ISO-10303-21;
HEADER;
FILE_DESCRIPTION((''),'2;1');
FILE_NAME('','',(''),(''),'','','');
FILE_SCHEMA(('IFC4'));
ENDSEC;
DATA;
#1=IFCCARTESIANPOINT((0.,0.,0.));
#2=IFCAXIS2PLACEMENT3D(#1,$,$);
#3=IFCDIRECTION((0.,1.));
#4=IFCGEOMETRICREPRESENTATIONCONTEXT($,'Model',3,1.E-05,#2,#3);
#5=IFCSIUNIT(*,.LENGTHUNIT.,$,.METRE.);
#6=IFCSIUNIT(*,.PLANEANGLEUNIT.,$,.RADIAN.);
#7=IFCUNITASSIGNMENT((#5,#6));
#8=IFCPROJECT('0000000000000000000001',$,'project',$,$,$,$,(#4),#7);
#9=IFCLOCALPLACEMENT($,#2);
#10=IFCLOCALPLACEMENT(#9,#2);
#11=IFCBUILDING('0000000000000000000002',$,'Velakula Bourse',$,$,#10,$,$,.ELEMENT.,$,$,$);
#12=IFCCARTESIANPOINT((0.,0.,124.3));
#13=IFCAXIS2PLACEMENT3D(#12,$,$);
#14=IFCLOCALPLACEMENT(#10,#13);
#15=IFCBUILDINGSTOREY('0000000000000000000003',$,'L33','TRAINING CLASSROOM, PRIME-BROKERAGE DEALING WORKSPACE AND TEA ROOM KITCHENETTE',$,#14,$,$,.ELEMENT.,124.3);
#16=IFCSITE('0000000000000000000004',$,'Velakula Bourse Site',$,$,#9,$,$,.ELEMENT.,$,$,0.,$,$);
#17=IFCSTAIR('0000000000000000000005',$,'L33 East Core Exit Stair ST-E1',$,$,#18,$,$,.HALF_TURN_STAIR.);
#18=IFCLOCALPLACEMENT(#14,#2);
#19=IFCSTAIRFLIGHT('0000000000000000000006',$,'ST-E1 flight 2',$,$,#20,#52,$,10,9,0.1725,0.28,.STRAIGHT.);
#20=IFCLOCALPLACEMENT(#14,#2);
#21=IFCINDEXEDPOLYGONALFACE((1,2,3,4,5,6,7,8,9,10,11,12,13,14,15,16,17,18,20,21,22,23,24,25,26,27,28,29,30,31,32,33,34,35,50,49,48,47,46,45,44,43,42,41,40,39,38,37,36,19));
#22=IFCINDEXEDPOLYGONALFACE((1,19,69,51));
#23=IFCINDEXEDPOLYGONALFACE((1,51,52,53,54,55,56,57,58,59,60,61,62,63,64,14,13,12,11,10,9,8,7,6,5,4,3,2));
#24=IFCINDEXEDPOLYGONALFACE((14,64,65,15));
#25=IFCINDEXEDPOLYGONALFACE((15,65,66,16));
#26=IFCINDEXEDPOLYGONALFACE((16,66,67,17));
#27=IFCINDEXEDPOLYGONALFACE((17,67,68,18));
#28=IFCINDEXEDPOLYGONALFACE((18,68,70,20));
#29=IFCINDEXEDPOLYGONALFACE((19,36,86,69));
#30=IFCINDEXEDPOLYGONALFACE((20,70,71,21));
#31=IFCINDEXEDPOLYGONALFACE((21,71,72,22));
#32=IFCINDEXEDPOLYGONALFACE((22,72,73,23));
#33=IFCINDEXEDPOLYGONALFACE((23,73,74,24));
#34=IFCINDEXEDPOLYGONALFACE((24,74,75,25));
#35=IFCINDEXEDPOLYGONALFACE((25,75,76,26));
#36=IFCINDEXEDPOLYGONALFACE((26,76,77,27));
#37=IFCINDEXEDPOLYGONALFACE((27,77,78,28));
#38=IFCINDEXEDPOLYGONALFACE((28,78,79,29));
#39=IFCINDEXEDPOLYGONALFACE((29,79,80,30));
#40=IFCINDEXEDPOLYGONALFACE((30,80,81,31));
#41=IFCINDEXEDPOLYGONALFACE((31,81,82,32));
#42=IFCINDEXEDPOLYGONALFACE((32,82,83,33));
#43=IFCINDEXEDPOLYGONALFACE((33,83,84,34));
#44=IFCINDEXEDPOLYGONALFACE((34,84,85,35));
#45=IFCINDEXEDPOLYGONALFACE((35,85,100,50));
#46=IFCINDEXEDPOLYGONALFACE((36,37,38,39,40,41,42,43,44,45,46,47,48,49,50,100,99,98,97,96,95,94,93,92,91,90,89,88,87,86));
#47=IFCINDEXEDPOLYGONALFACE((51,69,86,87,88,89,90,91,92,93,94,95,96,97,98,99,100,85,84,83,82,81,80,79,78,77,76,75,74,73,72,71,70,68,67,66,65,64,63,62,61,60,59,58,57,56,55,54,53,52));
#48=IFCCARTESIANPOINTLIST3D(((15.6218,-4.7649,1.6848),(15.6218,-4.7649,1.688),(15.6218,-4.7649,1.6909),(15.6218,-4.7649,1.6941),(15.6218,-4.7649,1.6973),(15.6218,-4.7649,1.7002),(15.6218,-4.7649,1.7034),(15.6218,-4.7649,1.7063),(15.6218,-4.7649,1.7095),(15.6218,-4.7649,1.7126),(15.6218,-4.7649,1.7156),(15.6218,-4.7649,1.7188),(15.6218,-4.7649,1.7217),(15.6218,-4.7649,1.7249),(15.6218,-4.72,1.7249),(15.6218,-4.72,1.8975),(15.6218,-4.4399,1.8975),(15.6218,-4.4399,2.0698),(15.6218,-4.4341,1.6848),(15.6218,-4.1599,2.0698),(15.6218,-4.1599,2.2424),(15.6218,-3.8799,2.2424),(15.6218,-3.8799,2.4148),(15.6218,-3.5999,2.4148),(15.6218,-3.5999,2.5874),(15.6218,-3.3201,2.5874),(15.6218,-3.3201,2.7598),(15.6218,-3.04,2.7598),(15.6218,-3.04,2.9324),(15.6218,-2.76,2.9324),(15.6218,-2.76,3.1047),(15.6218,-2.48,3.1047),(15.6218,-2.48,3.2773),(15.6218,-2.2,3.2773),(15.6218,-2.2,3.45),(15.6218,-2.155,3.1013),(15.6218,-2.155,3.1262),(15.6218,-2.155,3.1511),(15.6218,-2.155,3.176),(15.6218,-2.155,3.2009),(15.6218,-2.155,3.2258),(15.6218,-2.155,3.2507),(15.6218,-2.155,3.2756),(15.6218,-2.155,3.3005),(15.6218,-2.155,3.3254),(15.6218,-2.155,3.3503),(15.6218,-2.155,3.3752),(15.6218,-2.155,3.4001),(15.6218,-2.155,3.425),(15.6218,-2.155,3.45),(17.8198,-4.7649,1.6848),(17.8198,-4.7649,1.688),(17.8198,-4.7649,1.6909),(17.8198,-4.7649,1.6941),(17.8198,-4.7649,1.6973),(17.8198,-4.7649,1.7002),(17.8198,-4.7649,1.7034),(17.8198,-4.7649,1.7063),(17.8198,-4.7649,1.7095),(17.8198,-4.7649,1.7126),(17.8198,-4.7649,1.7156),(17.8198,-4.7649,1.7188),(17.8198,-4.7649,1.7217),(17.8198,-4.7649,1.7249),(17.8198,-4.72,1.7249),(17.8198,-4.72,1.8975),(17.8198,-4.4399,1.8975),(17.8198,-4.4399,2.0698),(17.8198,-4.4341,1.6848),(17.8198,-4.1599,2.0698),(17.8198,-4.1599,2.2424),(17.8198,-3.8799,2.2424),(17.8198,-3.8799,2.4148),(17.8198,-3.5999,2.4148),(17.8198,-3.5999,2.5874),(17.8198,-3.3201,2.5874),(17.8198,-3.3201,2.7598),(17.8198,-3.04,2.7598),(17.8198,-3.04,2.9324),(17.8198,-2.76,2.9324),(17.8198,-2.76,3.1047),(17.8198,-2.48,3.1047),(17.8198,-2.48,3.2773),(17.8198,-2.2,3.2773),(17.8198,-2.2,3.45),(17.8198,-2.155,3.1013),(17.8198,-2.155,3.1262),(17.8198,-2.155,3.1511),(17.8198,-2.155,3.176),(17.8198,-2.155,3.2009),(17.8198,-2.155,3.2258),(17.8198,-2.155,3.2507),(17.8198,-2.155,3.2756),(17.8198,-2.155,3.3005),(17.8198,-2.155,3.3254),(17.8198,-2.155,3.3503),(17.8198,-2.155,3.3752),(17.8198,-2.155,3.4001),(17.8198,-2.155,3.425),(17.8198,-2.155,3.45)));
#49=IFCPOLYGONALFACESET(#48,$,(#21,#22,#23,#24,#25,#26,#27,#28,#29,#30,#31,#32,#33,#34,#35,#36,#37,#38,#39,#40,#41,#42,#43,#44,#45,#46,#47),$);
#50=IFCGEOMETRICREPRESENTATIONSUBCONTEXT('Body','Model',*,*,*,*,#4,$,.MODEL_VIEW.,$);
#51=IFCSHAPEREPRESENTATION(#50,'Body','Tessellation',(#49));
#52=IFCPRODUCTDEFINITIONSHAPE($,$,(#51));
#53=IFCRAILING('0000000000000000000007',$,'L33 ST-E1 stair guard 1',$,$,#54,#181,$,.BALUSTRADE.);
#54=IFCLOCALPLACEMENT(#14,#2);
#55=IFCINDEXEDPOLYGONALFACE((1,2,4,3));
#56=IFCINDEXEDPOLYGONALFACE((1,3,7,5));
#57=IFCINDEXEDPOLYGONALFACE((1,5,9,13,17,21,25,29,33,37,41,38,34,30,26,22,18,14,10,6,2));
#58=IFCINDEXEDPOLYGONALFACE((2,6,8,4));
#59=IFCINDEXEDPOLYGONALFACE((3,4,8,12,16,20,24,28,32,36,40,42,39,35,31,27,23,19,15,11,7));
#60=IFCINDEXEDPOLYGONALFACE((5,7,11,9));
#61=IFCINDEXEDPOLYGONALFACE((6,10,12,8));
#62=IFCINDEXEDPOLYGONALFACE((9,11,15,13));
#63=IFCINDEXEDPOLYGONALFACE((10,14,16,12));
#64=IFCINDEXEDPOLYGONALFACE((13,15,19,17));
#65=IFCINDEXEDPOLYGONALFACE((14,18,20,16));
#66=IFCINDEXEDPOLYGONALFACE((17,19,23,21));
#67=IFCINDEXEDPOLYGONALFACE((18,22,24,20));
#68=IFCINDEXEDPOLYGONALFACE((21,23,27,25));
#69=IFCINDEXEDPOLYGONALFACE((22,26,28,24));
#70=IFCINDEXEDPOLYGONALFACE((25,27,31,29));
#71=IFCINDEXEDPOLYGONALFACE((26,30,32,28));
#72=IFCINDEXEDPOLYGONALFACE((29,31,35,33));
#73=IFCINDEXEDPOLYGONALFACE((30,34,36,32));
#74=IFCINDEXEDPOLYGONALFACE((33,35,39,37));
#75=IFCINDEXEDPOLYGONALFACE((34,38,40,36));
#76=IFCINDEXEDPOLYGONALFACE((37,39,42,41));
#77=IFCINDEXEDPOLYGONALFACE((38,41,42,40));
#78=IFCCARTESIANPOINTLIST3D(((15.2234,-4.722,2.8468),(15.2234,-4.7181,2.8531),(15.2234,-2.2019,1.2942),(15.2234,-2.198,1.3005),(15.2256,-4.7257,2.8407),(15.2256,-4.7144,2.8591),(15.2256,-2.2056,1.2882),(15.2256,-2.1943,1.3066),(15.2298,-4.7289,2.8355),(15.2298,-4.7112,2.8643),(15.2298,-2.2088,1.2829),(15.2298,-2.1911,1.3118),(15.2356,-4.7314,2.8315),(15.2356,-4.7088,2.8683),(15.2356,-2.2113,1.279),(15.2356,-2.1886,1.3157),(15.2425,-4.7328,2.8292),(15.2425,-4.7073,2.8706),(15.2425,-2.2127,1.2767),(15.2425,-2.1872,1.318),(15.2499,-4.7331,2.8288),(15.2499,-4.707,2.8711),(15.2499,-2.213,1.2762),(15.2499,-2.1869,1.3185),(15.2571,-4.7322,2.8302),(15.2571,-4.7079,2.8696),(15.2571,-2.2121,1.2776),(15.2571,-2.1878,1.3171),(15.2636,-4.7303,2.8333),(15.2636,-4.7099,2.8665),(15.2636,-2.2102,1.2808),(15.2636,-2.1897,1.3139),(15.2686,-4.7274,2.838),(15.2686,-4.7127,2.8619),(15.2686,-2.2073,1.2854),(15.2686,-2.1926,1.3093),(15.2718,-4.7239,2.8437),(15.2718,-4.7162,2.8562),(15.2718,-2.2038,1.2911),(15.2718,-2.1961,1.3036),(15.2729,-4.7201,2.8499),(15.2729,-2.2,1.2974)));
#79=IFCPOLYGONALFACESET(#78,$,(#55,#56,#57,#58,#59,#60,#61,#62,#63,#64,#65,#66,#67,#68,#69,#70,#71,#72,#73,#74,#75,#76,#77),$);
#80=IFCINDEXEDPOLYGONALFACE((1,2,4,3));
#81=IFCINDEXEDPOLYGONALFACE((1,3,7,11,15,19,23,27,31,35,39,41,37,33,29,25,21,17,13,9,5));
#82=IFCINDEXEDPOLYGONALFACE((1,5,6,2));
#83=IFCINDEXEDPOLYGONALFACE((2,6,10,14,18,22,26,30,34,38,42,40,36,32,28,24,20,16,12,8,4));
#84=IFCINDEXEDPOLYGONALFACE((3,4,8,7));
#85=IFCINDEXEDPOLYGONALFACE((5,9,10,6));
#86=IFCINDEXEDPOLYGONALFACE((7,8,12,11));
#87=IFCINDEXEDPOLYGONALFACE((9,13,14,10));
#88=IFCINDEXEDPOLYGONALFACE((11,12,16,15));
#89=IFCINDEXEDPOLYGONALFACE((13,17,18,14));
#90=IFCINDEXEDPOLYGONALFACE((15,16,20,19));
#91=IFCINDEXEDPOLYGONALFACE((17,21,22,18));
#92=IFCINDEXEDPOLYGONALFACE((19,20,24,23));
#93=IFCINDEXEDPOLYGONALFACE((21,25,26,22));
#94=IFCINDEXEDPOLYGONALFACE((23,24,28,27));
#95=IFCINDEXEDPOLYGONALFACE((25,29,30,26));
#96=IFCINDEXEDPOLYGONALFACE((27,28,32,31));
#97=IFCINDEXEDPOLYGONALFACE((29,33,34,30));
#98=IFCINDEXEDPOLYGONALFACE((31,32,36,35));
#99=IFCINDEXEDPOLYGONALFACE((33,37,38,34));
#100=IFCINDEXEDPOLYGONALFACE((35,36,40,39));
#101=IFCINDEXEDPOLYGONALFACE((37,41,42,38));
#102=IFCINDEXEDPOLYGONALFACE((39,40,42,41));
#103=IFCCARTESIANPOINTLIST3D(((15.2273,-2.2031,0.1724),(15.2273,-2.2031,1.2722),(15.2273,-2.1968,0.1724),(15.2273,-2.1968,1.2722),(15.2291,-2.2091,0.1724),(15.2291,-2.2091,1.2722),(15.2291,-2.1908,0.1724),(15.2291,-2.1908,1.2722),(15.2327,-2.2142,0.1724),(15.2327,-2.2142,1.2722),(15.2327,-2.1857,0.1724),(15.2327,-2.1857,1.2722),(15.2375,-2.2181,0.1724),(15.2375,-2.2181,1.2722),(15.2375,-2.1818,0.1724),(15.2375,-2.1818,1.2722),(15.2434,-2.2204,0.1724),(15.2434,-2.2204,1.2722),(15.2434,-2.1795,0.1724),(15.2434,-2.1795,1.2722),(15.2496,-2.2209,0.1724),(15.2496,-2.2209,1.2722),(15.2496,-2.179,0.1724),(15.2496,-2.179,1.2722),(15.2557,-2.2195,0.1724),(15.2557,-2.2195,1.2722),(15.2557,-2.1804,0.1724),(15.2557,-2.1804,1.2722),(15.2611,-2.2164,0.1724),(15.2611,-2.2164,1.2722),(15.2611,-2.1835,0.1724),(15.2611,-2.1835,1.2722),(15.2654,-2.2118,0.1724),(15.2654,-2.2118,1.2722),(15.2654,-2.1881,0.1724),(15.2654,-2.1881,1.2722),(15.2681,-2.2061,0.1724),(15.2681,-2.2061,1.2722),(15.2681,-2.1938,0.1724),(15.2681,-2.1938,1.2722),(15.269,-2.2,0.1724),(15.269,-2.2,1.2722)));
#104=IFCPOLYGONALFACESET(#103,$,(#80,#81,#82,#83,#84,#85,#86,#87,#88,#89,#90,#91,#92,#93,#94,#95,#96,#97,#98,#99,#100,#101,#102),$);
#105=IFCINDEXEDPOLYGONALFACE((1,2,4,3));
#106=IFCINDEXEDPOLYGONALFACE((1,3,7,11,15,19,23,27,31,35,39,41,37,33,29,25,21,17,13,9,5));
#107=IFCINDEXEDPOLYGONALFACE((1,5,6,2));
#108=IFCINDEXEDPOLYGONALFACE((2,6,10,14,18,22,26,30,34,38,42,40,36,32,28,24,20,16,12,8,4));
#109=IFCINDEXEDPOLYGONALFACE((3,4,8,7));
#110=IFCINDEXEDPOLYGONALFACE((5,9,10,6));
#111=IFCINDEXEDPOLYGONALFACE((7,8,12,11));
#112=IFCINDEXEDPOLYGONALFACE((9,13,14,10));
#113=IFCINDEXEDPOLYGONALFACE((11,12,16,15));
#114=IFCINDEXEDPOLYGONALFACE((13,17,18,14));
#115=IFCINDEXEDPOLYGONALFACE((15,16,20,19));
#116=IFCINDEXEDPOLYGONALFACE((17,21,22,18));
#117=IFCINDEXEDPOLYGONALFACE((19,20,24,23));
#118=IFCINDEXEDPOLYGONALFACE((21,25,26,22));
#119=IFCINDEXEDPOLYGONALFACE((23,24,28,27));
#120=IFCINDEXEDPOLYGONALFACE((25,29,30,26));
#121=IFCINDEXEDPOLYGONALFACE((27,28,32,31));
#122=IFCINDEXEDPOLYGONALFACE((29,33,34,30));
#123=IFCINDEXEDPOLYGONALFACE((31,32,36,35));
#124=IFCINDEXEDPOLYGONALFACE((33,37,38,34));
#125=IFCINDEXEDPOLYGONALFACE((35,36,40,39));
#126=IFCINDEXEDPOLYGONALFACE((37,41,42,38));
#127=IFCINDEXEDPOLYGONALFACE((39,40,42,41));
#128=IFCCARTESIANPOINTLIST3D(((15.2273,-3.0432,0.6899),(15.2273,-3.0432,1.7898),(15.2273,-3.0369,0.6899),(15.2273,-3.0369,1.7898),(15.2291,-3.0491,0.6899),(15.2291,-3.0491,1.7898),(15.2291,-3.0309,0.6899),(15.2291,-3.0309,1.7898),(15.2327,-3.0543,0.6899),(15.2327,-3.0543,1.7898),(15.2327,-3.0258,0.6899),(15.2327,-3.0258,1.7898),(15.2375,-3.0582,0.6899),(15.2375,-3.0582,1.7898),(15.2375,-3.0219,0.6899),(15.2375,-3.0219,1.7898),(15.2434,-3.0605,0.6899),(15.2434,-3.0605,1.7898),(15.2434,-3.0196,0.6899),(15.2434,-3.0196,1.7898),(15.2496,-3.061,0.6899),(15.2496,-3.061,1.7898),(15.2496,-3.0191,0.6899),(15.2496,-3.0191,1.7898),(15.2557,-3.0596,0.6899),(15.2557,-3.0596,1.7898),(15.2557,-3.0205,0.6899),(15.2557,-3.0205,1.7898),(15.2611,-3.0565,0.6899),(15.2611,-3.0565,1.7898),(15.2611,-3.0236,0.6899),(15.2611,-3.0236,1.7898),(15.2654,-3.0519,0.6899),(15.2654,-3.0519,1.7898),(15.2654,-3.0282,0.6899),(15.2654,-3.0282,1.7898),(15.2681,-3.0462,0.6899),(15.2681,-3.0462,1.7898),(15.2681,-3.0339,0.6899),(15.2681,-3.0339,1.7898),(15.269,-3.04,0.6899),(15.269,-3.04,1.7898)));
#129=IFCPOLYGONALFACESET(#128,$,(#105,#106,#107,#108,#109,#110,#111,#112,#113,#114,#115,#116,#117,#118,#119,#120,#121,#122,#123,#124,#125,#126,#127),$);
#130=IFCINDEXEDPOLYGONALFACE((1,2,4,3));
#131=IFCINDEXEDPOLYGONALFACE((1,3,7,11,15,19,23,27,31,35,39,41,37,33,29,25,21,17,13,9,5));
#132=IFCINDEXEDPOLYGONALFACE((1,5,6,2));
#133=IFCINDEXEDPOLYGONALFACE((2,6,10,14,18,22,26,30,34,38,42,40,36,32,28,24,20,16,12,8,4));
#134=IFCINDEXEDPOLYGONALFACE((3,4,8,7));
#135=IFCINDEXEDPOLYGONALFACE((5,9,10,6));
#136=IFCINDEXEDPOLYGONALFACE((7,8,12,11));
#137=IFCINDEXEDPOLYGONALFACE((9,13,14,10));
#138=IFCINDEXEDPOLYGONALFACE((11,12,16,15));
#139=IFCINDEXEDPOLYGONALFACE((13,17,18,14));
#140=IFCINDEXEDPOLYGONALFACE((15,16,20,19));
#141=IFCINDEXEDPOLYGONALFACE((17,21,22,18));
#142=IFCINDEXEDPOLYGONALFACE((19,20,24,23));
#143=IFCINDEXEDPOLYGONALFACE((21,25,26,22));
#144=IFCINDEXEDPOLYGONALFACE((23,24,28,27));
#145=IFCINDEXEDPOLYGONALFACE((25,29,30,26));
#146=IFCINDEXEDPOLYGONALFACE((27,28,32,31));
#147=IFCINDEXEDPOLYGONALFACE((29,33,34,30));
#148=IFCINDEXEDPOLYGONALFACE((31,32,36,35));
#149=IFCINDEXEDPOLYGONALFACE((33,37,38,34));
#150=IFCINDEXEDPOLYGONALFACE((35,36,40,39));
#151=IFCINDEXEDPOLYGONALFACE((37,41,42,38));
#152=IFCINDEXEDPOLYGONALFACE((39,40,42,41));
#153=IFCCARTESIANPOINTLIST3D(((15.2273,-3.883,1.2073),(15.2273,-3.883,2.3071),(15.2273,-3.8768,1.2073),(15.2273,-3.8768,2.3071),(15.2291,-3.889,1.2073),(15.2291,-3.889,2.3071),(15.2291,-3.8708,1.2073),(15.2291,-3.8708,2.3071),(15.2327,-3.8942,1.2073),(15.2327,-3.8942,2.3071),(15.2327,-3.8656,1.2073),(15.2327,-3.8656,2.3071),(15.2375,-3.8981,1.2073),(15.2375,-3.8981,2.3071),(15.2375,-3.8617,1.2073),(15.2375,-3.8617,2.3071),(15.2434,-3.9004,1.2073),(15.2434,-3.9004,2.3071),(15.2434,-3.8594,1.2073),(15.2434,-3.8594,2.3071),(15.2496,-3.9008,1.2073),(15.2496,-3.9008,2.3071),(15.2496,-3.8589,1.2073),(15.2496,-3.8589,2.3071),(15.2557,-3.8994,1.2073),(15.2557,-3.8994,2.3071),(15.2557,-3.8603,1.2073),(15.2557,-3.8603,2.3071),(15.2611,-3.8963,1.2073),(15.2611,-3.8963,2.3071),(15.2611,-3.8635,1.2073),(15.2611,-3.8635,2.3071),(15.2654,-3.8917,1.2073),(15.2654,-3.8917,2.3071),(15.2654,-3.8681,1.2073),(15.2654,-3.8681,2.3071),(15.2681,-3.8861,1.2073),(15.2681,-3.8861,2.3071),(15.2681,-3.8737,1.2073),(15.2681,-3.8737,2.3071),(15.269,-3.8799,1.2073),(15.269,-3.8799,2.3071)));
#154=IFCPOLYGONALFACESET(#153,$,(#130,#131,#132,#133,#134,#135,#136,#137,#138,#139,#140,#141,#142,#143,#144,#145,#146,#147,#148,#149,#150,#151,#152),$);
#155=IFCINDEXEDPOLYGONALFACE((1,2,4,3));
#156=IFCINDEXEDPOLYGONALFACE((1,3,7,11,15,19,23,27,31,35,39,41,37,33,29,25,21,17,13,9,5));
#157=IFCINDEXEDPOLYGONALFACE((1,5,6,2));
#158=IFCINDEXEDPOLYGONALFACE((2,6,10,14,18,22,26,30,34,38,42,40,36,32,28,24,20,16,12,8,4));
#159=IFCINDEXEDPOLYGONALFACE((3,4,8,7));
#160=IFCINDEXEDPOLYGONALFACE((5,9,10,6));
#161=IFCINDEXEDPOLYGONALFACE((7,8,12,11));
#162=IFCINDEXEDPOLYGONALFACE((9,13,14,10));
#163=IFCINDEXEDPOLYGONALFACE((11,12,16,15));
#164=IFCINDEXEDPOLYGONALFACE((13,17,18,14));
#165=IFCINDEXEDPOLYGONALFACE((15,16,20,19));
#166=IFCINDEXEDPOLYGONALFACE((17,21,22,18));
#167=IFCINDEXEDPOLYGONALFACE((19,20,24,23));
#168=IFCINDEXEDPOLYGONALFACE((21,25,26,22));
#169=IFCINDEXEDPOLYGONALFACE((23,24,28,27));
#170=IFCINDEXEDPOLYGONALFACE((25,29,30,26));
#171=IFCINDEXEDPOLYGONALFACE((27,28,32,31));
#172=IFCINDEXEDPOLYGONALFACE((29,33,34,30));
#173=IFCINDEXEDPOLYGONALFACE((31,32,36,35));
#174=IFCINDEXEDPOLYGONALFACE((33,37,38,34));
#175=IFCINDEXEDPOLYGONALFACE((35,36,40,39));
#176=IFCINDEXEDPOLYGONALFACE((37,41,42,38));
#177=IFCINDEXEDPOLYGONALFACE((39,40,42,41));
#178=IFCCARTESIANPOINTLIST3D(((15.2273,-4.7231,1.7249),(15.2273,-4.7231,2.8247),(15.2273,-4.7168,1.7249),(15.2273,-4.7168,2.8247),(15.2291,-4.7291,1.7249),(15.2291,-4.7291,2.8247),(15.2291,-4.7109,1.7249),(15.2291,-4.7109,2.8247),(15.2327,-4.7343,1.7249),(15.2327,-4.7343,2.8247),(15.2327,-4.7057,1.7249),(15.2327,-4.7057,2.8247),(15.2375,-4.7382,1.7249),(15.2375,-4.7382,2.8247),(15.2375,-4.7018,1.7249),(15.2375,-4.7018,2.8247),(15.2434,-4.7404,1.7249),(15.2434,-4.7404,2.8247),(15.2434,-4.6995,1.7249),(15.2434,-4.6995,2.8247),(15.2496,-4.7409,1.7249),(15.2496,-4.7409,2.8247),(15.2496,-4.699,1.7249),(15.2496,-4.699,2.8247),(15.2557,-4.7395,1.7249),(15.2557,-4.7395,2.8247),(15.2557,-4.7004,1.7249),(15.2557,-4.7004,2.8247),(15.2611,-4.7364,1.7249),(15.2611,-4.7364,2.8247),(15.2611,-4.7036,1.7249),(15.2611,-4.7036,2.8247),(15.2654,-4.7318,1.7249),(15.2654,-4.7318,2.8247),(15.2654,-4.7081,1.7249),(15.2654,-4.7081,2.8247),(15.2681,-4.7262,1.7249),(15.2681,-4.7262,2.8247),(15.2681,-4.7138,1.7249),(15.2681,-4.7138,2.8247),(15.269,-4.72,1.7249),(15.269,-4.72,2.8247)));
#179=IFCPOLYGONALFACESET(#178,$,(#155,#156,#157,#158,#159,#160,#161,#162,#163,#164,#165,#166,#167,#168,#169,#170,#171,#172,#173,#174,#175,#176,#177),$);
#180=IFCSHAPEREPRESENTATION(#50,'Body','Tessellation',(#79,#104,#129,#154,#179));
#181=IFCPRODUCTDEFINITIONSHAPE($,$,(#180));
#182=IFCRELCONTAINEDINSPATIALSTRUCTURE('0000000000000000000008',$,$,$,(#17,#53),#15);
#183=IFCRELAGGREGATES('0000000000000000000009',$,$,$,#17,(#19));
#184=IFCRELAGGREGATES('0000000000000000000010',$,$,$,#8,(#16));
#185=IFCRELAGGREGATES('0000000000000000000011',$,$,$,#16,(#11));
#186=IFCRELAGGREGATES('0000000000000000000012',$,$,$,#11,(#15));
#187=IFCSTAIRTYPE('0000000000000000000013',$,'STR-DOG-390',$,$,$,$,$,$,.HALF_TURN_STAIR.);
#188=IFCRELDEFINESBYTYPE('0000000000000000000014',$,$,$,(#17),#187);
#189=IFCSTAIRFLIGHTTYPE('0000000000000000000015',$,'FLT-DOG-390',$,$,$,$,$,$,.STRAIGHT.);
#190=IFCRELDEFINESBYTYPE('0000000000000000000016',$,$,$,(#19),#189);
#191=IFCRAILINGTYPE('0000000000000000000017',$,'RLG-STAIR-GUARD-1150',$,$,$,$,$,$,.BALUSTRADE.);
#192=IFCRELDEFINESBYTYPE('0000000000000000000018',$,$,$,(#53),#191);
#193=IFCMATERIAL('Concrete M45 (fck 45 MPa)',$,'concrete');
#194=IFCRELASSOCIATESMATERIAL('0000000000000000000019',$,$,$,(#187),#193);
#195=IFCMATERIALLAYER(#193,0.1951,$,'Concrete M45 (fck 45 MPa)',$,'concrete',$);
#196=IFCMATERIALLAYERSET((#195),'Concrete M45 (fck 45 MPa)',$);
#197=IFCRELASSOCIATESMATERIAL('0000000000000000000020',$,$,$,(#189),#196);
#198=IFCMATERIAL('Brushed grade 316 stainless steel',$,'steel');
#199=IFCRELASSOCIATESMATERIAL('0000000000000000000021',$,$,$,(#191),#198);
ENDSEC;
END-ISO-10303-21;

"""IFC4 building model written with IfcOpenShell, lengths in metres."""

from ifc_helpers import new_model, si_unit, direction, frame, origin, origin_2d, place, context, subcontext, project, spatial, polyline, circle, outline, extrude, material, layer, layer_set, type_object, element, aggregate, save


model = new_model("IFC4")

# Units and contexts
model_context = context("Model", 3, precision=1e-05, world=origin(), true_north=direction((0.0, 1.0)))
body_context = subcontext(model_context, "Body", "Model", "MODEL_VIEW")
ifc_project = project(units=[si_unit("LENGTHUNIT", "METRE"), si_unit("PLANEANGLEUNIT", "RADIAN")], contexts=[model_context])

# Site, building, storey
site_placement = place(None, origin())
site = spatial("IfcSite", under=ifc_project, at=site_placement, Name="Velakula Bourse Site", CompositionType="ELEMENT", RefElevation=0.0)
building_placement = place(site_placement, origin())
building = spatial("IfcBuilding", under=site, at=building_placement, Name="Velakula Bourse", CompositionType="ELEMENT")
storey_placement = place(building_placement, frame((0.0, 0.0, 124.3)))
storey = spatial("IfcBuildingStorey", under=building, at=storey_placement, Name="L33", Description="TRAINING CLASSROOM, PRIME-BROKERAGE DEALING WORKSPACE AND TEA ROOM KITCHENETTE", CompositionType="ELEMENT", Elevation=124.3)

# Shared definitions
ifc_material_1 = material(Name="Brushed grade 316 stainless steel", Category="steel")

# Stair, stair flight
ifc_material_2 = material(Name="Concrete M45 (fck 45 MPa)", Category="concrete")
stair_type = type_object("IfcStairType", Name="STR-DOG-390", PredefinedType="HALF_TURN_STAIR", material=ifc_material_2)
stair_placement = place(storey_placement, origin())
stair = element("IfcStair", 1, at=stair_placement, inside=storey, type_object=stair_type, Name="L33 East Core Exit Stair ST-E1", PredefinedType="HALF_TURN_STAIR")
ifc_layer_1 = layer(ifc_material_2, 0.1951, Name="Concrete M45 (fck 45 MPa)", Category="concrete")
ifc_layer_set_1 = layer_set([ifc_layer_1], Name="Concrete M45 (fck 45 MPa)")
stair_flight_type = type_object("IfcStairFlightType", Name="FLT-DOG-390", PredefinedType="STRAIGHT", material=ifc_layer_set_1)
stair_flight_1_placement = place(storey_placement, frame((16.7209, -4.72, 1.7249), z_axis=(0.0, 0.0, 1.0), x_axis=(0.0, 1.0, 0.0)))
stair_flight_1 = element("IfcStairFlight", 2, at=stair_flight_1_placement, type_object=stair_flight_type, Name="ST-E1 flight 2", NumberOfRisers=10, NumberOfTreads=9, PredefinedType="STRAIGHT", RiserHeight=0.1725, TreadLength=0.28, context=body_context, shape_type="SweptSolid", body=[
    extrude(outline(polyline([(-0.0449, -0.04), (-0.0449, -0.0369), (-0.0449, -0.0339), (-0.0449, -0.0308), (-0.0449, -0.0276), (-0.0449, -0.0247), (-0.0449, -0.0215), (-0.0449, -0.0186), (-0.0449, -0.0154), (-0.0449, -0.0122), (-0.0449, -0.0093), (-0.0449, -0.0061), (-0.0449, -0.0032), (-0.0449, 0.0), (0.0, 0.0), (0.0, 0.1726), (0.28, 0.1726), (0.28, 0.345), (0.5601, 0.345), (0.5601, 0.5176), (0.8401, 0.5176), (0.8401, 0.6899), (1.1201, 0.6899), (1.1201, 0.8625), (1.3999, 0.8625), (1.3999, 1.0349), (1.6799, 1.0349), (1.6799, 1.2075), (1.96, 1.2075), (1.96, 1.3799), (2.24, 1.3799), (2.24, 1.5525), (2.52, 1.5525), (2.52, 1.7251), (2.5649, 1.7251), (2.5649, 1.7002), (2.5649, 1.6753), (2.5649, 1.6504), (2.5649, 1.6255), (2.5649, 1.6006), (2.5649, 1.5757), (2.5649, 1.5508), (2.5649, 1.5259), (2.5649, 1.501), (2.5649, 1.4761), (2.5649, 1.4512), (2.5649, 1.4263), (2.5649, 1.4014), (2.5649, 1.3765), (0.2859, -0.04), (-0.0449, -0.04)])), frame((0.0, 1.0991, 0.0), z_axis=(0.0, -1.0, 0.0), x_axis=(1.0, 0.0, 0.0)), (0.0, 0.0, 1.0), 2.198),
])
aggregate(stair, [stair_flight_1])

# Railing
railing_type_1 = type_object("IfcRailingType", Name="RLG-STAIR-GUARD-1150", PredefinedType="BALUSTRADE", material=ifc_material_1)
railing_1_placement = place(storey_placement, frame((15.248, -2.2, 0.1724)))
element("IfcRailing", 3, at=railing_1_placement, inside=storey, type_object=railing_type_1, Name="L33 ST-E1 stair guard 1", PredefinedType="BALUSTRADE", context=body_context, shape_type="SweptSolid", body=[
    extrude(circle(Radius=0.0249, at=origin_2d()), frame((0.0, 0.0, 1.125), z_axis=(0.0, -0.8514, 0.524516), x_axis=(1.0, 0.0, 0.0)), (0.0, 0.0, 1.0), 2.96),
    extrude(circle(Radius=0.021, at=origin_2d()), origin(), (0.0, 0.0, 1.0), 1.0999),
    extrude(circle(Radius=0.021, at=origin_2d()), frame((0.0, -0.8401, 0.5176)), (0.0, 0.0, 1.0), 1.0999),
    extrude(circle(Radius=0.021, at=origin_2d()), frame((0.0, -1.6799, 1.0349)), (0.0, 0.0, 1.0), 1.0999),
    extrude(circle(Radius=0.021, at=origin_2d()), frame((0.0, -2.52, 1.5525)), (0.0, 0.0, 1.0), 1.0999),
])

save(model, "model.ifc")
